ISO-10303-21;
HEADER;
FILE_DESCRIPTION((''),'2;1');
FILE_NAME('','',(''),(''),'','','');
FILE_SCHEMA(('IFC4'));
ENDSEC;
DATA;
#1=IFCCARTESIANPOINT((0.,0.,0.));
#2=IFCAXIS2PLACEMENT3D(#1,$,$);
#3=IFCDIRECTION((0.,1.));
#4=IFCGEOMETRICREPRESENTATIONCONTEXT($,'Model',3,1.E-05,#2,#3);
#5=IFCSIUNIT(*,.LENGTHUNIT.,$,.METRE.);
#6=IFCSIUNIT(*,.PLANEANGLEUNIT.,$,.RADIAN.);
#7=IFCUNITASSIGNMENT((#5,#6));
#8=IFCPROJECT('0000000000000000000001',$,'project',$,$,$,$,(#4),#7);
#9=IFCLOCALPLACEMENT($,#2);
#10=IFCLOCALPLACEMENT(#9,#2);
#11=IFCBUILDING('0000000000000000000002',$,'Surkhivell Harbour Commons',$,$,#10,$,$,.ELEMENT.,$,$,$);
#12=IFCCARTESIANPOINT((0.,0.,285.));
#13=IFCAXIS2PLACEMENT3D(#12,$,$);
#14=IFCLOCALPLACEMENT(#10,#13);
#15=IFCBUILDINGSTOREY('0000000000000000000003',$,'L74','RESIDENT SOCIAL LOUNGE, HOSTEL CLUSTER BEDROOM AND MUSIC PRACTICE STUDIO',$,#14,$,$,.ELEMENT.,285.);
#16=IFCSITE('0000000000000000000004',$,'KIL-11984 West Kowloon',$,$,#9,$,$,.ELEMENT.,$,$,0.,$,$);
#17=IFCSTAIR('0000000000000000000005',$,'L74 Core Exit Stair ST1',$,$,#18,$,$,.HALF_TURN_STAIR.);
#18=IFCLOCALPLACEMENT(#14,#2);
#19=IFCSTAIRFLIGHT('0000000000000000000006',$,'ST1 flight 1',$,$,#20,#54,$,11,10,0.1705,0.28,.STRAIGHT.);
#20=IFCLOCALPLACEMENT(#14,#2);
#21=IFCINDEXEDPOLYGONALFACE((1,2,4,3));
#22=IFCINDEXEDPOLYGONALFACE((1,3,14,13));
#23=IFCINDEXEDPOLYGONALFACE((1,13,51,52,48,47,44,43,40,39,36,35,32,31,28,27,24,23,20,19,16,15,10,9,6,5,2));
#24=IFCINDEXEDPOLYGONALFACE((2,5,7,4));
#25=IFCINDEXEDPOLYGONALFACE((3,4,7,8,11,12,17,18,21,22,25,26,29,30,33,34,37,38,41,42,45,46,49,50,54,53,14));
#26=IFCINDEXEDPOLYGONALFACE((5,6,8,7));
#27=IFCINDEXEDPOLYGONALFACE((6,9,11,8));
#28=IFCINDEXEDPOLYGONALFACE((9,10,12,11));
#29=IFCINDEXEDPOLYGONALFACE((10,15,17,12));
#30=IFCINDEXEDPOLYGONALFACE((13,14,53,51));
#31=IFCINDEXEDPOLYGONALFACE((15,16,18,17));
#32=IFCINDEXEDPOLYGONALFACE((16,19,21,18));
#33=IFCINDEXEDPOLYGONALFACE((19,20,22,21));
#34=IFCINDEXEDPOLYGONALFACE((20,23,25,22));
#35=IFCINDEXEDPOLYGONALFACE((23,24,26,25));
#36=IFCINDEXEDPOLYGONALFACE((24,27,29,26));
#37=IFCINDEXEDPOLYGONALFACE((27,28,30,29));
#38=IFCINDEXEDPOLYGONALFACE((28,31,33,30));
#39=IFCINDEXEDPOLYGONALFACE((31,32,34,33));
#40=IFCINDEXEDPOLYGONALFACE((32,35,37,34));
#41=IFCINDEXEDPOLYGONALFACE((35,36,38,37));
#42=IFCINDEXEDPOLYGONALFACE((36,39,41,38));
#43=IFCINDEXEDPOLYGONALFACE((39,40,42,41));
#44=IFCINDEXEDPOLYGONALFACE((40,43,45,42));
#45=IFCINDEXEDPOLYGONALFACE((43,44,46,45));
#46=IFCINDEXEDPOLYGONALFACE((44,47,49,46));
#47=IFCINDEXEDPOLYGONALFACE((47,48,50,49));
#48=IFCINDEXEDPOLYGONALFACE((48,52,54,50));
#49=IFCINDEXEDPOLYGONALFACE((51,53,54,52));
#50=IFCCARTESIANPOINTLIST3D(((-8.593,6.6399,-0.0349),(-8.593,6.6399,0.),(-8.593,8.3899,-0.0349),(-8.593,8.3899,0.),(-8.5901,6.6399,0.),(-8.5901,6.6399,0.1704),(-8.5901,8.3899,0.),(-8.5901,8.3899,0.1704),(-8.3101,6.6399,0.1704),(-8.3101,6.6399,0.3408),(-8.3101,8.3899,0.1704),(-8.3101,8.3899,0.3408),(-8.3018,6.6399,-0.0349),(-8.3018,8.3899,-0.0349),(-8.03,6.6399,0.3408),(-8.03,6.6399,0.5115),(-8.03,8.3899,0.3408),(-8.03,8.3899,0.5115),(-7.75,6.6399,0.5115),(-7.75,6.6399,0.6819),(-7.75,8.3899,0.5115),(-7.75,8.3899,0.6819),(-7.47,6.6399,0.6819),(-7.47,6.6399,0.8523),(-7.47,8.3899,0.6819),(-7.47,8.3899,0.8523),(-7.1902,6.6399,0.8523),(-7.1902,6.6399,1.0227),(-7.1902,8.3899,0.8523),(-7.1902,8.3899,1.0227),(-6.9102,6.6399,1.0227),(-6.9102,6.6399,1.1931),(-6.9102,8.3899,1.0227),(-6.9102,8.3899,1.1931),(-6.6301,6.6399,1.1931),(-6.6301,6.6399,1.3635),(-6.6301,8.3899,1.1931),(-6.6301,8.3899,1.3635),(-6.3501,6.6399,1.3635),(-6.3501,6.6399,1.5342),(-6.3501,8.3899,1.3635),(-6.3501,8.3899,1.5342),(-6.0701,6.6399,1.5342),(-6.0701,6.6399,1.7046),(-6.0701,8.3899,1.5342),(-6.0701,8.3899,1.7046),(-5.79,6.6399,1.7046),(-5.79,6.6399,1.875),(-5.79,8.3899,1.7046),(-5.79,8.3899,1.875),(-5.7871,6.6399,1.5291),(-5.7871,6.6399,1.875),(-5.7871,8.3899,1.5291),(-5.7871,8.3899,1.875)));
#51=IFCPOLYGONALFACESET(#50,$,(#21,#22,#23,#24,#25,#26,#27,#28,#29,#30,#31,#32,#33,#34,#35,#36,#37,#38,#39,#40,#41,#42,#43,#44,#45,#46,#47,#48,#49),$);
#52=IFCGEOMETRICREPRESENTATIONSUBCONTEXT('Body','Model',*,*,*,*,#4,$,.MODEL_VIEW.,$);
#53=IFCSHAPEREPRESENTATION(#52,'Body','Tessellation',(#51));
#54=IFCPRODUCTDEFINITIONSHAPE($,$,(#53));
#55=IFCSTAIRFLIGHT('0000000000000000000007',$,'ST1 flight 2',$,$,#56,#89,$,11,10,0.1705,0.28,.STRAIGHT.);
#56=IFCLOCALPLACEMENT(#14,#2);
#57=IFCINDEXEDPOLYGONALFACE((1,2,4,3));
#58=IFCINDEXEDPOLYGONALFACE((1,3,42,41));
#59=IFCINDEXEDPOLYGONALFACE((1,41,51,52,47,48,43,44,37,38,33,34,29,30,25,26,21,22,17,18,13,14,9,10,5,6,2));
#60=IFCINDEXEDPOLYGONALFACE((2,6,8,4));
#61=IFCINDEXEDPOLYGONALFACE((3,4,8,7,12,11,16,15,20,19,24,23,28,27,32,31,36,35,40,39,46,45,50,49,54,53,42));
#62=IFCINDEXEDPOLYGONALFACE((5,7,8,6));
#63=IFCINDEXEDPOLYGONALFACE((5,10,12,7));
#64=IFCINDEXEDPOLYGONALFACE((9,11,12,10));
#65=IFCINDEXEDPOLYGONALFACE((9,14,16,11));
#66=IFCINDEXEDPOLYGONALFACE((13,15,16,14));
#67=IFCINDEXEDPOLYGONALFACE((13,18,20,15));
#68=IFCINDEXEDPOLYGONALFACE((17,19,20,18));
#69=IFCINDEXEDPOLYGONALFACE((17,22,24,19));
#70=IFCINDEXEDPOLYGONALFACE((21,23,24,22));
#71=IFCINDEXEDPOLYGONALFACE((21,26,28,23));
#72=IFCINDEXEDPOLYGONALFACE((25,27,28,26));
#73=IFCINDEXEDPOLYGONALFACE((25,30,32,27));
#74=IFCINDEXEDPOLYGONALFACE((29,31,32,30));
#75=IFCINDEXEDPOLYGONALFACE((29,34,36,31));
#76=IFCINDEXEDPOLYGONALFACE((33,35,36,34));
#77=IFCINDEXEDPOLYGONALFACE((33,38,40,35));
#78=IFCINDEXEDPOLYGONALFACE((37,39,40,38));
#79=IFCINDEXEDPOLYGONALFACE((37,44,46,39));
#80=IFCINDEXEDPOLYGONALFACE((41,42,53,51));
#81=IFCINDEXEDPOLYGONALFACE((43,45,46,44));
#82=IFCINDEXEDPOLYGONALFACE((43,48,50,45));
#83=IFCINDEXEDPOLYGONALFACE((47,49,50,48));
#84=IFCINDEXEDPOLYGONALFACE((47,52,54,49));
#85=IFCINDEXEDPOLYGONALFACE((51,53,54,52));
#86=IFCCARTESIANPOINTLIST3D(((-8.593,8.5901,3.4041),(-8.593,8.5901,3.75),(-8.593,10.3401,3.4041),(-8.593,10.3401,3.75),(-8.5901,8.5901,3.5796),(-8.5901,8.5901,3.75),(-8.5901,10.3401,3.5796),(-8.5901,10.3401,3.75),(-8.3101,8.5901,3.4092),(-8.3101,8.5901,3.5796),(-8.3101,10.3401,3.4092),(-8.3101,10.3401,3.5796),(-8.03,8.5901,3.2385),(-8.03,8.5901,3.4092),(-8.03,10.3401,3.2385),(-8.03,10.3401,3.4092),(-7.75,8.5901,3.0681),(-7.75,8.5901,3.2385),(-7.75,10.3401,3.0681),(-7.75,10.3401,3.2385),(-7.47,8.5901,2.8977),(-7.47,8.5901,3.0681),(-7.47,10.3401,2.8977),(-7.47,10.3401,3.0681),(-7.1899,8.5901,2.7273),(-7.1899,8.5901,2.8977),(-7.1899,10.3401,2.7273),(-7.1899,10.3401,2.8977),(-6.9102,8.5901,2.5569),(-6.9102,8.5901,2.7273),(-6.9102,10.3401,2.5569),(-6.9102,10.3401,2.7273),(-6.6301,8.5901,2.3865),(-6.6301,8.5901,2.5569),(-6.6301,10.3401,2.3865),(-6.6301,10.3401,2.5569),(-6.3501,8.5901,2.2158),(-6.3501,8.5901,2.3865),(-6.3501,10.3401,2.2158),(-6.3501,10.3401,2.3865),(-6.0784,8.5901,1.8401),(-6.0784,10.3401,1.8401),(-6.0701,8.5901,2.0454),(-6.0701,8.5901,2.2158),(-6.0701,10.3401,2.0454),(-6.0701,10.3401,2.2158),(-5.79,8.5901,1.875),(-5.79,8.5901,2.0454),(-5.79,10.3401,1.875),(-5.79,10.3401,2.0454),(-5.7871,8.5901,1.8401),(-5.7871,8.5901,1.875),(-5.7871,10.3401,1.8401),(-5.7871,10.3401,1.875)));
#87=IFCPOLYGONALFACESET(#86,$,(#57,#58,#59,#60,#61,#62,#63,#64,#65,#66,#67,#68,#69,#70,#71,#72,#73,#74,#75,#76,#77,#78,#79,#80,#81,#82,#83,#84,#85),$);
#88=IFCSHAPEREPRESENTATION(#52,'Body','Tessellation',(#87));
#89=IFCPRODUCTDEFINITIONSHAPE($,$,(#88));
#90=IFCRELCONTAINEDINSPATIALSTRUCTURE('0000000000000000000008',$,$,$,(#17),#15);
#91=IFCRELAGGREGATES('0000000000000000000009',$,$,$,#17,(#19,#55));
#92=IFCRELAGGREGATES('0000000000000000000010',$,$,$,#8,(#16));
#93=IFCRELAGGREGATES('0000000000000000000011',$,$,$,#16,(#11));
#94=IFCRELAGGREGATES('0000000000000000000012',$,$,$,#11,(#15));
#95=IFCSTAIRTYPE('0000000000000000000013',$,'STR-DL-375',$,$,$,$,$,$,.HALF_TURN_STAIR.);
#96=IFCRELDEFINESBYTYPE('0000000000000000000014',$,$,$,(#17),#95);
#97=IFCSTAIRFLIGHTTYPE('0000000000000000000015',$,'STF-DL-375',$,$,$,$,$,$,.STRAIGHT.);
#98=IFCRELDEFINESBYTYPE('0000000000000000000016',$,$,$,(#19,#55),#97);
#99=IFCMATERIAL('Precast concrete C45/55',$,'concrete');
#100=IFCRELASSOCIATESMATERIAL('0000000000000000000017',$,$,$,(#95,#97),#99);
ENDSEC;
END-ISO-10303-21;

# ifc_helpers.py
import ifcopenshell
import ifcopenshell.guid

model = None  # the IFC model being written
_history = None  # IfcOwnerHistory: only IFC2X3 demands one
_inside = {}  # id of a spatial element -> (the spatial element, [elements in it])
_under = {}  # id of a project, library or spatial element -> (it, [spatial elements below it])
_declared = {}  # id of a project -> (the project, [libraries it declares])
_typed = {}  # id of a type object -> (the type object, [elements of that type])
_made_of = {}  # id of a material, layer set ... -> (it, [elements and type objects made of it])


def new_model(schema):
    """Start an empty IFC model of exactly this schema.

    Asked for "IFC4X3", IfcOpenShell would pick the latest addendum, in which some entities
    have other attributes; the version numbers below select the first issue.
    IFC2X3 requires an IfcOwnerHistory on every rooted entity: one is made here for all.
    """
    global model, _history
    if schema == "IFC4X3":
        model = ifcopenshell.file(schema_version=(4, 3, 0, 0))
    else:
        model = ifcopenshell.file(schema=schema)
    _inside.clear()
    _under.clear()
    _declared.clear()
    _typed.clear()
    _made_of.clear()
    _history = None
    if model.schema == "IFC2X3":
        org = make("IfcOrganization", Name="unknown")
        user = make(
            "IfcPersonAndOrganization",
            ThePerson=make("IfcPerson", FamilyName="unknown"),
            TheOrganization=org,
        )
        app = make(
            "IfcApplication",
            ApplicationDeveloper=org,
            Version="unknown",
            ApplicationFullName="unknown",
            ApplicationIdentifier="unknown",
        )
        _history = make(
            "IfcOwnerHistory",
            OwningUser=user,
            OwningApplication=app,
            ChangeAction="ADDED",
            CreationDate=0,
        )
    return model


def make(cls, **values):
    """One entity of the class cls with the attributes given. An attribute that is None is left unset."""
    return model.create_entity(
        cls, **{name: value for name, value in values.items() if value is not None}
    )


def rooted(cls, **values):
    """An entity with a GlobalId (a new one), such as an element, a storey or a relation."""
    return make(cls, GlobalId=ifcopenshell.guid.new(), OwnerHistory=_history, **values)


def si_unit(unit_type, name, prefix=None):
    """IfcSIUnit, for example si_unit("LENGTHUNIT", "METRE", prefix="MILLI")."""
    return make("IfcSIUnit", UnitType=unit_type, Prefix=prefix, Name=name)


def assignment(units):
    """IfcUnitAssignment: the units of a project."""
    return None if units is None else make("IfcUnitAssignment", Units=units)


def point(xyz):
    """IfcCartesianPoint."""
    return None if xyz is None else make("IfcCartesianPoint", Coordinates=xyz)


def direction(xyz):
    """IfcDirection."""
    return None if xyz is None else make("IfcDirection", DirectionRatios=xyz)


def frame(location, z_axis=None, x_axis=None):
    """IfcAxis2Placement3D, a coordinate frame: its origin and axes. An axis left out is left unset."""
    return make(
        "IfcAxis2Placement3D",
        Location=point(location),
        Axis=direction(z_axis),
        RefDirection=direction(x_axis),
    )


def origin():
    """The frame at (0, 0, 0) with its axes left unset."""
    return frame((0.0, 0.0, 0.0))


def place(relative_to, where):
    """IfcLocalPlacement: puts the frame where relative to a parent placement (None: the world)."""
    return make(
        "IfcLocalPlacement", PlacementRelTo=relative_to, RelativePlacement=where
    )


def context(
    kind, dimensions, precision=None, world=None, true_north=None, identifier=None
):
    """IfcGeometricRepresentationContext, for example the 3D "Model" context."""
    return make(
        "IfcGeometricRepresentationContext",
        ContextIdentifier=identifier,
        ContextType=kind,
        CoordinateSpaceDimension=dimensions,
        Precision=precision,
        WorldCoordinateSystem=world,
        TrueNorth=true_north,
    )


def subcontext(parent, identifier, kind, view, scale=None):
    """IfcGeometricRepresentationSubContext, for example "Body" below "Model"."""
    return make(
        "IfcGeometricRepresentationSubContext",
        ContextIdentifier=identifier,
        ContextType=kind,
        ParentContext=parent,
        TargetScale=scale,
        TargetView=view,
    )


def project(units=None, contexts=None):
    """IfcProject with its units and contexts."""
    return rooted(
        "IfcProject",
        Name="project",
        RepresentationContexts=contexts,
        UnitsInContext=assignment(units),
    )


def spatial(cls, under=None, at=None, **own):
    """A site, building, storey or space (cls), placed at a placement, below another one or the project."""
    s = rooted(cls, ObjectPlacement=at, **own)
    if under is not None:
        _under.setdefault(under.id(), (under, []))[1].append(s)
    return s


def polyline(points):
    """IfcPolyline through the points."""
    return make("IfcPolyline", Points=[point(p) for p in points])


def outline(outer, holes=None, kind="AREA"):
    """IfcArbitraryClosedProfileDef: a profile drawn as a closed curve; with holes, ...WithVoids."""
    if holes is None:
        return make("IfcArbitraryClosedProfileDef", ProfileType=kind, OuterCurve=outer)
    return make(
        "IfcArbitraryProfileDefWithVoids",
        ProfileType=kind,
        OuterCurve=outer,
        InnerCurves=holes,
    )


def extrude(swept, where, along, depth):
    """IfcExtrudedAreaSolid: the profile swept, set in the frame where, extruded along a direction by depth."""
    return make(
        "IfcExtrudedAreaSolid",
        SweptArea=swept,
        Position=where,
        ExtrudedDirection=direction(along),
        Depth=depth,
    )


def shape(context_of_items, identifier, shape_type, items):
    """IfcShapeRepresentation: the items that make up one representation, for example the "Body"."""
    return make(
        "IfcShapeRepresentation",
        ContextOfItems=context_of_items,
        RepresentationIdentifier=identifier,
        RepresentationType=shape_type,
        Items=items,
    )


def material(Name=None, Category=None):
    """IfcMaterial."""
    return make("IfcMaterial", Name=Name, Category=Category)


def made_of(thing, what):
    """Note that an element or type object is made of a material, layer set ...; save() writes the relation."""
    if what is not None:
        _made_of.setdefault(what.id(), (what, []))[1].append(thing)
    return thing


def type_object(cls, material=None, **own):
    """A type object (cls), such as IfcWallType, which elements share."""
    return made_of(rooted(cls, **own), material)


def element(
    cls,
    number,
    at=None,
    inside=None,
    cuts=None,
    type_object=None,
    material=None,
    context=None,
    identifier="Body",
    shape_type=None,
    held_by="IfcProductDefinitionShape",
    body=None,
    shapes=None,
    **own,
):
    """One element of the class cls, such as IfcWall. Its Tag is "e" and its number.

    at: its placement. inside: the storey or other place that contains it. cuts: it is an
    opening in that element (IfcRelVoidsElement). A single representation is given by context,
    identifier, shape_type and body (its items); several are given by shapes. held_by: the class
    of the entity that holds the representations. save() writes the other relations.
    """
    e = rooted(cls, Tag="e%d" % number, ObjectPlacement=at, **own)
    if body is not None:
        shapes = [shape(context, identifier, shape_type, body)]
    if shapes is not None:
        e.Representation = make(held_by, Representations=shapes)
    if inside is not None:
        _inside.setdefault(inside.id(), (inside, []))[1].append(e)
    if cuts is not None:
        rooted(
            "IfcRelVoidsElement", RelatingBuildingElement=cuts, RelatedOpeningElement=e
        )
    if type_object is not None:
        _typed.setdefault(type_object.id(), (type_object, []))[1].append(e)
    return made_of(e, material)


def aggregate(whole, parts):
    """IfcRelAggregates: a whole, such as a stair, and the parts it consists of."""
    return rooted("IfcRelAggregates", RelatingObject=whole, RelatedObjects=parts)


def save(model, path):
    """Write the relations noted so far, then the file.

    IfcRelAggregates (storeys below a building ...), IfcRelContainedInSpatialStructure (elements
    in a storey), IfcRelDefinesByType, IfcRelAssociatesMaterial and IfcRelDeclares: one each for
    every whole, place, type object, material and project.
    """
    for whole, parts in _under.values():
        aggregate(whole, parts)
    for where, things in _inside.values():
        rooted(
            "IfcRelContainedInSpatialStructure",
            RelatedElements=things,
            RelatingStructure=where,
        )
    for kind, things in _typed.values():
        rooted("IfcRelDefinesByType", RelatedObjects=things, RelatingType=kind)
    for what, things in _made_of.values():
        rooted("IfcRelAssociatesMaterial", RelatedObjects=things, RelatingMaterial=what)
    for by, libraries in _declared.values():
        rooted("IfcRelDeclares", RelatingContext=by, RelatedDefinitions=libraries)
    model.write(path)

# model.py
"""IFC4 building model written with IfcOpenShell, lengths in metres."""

from ifc_helpers import new_model, si_unit, direction, frame, origin, place, context, subcontext, project, spatial, polyline, outline, extrude, material, type_object, element, aggregate, save


model = new_model("IFC4")

# Units and contexts
model_context = context("Model", 3, precision=1e-05, world=origin(), true_north=direction((0.0, 1.0)))
body_context = subcontext(model_context, "Body", "Model", "MODEL_VIEW")
ifc_project = project(units=[si_unit("LENGTHUNIT", "METRE"), si_unit("PLANEANGLEUNIT", "RADIAN")], contexts=[model_context])

# Site, building, storey
site_placement = place(None, origin())
site = spatial("IfcSite", under=ifc_project, at=site_placement, Name="KIL-11984 West Kowloon", CompositionType="ELEMENT", RefElevation=0.0)
building_placement = place(site_placement, origin())
building = spatial("IfcBuilding", under=site, at=building_placement, Name="Surkhivell Harbour Commons", CompositionType="ELEMENT")
storey_placement = place(building_placement, frame((0.0, 0.0, 285.0)))
storey = spatial("IfcBuildingStorey", under=building, at=storey_placement, Name="L74", Description="RESIDENT SOCIAL LOUNGE, HOSTEL CLUSTER BEDROOM AND MUSIC PRACTICE STUDIO", CompositionType="ELEMENT", Elevation=285.0)

# Stair, stair flights
ifc_material_1 = material(Name="Precast concrete C45/55", Category="concrete")
stair_type = type_object("IfcStairType", Name="STR-DL-375", PredefinedType="HALF_TURN_STAIR", material=ifc_material_1)
stair_placement = place(storey_placement, origin())
stair = element("IfcStair", 1, at=stair_placement, inside=storey, type_object=stair_type, Name="L74 Core Exit Stair ST1", PredefinedType="HALF_TURN_STAIR")
stair_flight_type = type_object("IfcStairFlightType", Name="STF-DL-375", PredefinedType="STRAIGHT", material=ifc_material_1)
stair_flight_1_placement = place(storey_placement, frame((-8.5901, 7.5149, 0.0), z_axis=(0.0, 0.0, 1.0), x_axis=(1.0, 0.0, 0.0)))
stair_flight_1 = element("IfcStairFlight", 2, at=stair_flight_1_placement, type_object=stair_flight_type, Name="ST1 flight 1", NumberOfRisers=11, NumberOfTreads=10, PredefinedType="STRAIGHT", RiserHeight=0.1705, TreadLength=0.28, context=body_context, shape_type="SweptSolid", body=[
    extrude(outline(polyline([(-0.0029, -0.0349), (-0.0029, 0.0), (0.0, 0.0), (0.0, 0.1704), (0.28, 0.1704), (0.28, 0.3408), (0.5601, 0.3408), (0.5601, 0.5115), (0.8401, 0.5115), (0.8401, 0.6819), (1.1201, 0.6819), (1.1201, 0.8523), (1.3999, 0.8523), (1.3999, 1.0227), (1.6799, 1.0227), (1.6799, 1.1931), (1.96, 1.1931), (1.96, 1.3635), (2.24, 1.3635), (2.24, 1.5342), (2.52, 1.5342), (2.52, 1.7046), (2.8, 1.7046), (2.8, 1.875), (2.803, 1.875), (2.803, 1.5291), (0.2883, -0.0349), (-0.0029, -0.0349)])), frame((0.0, 0.875, 0.0), z_axis=(0.0, -1.0, 0.0), x_axis=(1.0, 0.0, 0.0)), (0.0, 0.0, 1.0), 1.75),
])
stair_flight_2_placement = place(storey_placement, frame((-5.79, 9.4651, 1.875), z_axis=(0.0, 0.0, 1.0), x_axis=(-1.0, 0.0, 0.0)))
stair_flight_2 = element("IfcStairFlight", 3, at=stair_flight_2_placement, type_object=stair_flight_type, Name="ST1 flight 2", NumberOfRisers=11, NumberOfTreads=10, PredefinedType="STRAIGHT", RiserHeight=0.1705, TreadLength=0.28, context=body_context, shape_type="SweptSolid", body=[
    extrude(outline(polyline([(-0.0029, -0.0349), (-0.0029, 0.0), (0.0, 0.0), (0.0, 0.1704), (0.28, 0.1704), (0.28, 0.3408), (0.5601, 0.3408), (0.5601, 0.5115), (0.8401, 0.5115), (0.8401, 0.6819), (1.1201, 0.6819), (1.1201, 0.8523), (1.3999, 0.8523), (1.3999, 1.0227), (1.6799, 1.0227), (1.6799, 1.1931), (1.96, 1.1931), (1.96, 1.3635), (2.24, 1.3635), (2.24, 1.5342), (2.52, 1.5342), (2.52, 1.7046), (2.8, 1.7046), (2.8, 1.875), (2.803, 1.875), (2.803, 1.5291), (0.2883, -0.0349), (-0.0029, -0.0349)])), frame((0.0, 0.875, 0.0), z_axis=(0.0, -1.0, 0.0), x_axis=(1.0, 0.0, 0.0)), (0.0, 0.0, 1.0), 1.75),
])
aggregate(stair, [stair_flight_1, stair_flight_2])

save(model, "model.ifc")
